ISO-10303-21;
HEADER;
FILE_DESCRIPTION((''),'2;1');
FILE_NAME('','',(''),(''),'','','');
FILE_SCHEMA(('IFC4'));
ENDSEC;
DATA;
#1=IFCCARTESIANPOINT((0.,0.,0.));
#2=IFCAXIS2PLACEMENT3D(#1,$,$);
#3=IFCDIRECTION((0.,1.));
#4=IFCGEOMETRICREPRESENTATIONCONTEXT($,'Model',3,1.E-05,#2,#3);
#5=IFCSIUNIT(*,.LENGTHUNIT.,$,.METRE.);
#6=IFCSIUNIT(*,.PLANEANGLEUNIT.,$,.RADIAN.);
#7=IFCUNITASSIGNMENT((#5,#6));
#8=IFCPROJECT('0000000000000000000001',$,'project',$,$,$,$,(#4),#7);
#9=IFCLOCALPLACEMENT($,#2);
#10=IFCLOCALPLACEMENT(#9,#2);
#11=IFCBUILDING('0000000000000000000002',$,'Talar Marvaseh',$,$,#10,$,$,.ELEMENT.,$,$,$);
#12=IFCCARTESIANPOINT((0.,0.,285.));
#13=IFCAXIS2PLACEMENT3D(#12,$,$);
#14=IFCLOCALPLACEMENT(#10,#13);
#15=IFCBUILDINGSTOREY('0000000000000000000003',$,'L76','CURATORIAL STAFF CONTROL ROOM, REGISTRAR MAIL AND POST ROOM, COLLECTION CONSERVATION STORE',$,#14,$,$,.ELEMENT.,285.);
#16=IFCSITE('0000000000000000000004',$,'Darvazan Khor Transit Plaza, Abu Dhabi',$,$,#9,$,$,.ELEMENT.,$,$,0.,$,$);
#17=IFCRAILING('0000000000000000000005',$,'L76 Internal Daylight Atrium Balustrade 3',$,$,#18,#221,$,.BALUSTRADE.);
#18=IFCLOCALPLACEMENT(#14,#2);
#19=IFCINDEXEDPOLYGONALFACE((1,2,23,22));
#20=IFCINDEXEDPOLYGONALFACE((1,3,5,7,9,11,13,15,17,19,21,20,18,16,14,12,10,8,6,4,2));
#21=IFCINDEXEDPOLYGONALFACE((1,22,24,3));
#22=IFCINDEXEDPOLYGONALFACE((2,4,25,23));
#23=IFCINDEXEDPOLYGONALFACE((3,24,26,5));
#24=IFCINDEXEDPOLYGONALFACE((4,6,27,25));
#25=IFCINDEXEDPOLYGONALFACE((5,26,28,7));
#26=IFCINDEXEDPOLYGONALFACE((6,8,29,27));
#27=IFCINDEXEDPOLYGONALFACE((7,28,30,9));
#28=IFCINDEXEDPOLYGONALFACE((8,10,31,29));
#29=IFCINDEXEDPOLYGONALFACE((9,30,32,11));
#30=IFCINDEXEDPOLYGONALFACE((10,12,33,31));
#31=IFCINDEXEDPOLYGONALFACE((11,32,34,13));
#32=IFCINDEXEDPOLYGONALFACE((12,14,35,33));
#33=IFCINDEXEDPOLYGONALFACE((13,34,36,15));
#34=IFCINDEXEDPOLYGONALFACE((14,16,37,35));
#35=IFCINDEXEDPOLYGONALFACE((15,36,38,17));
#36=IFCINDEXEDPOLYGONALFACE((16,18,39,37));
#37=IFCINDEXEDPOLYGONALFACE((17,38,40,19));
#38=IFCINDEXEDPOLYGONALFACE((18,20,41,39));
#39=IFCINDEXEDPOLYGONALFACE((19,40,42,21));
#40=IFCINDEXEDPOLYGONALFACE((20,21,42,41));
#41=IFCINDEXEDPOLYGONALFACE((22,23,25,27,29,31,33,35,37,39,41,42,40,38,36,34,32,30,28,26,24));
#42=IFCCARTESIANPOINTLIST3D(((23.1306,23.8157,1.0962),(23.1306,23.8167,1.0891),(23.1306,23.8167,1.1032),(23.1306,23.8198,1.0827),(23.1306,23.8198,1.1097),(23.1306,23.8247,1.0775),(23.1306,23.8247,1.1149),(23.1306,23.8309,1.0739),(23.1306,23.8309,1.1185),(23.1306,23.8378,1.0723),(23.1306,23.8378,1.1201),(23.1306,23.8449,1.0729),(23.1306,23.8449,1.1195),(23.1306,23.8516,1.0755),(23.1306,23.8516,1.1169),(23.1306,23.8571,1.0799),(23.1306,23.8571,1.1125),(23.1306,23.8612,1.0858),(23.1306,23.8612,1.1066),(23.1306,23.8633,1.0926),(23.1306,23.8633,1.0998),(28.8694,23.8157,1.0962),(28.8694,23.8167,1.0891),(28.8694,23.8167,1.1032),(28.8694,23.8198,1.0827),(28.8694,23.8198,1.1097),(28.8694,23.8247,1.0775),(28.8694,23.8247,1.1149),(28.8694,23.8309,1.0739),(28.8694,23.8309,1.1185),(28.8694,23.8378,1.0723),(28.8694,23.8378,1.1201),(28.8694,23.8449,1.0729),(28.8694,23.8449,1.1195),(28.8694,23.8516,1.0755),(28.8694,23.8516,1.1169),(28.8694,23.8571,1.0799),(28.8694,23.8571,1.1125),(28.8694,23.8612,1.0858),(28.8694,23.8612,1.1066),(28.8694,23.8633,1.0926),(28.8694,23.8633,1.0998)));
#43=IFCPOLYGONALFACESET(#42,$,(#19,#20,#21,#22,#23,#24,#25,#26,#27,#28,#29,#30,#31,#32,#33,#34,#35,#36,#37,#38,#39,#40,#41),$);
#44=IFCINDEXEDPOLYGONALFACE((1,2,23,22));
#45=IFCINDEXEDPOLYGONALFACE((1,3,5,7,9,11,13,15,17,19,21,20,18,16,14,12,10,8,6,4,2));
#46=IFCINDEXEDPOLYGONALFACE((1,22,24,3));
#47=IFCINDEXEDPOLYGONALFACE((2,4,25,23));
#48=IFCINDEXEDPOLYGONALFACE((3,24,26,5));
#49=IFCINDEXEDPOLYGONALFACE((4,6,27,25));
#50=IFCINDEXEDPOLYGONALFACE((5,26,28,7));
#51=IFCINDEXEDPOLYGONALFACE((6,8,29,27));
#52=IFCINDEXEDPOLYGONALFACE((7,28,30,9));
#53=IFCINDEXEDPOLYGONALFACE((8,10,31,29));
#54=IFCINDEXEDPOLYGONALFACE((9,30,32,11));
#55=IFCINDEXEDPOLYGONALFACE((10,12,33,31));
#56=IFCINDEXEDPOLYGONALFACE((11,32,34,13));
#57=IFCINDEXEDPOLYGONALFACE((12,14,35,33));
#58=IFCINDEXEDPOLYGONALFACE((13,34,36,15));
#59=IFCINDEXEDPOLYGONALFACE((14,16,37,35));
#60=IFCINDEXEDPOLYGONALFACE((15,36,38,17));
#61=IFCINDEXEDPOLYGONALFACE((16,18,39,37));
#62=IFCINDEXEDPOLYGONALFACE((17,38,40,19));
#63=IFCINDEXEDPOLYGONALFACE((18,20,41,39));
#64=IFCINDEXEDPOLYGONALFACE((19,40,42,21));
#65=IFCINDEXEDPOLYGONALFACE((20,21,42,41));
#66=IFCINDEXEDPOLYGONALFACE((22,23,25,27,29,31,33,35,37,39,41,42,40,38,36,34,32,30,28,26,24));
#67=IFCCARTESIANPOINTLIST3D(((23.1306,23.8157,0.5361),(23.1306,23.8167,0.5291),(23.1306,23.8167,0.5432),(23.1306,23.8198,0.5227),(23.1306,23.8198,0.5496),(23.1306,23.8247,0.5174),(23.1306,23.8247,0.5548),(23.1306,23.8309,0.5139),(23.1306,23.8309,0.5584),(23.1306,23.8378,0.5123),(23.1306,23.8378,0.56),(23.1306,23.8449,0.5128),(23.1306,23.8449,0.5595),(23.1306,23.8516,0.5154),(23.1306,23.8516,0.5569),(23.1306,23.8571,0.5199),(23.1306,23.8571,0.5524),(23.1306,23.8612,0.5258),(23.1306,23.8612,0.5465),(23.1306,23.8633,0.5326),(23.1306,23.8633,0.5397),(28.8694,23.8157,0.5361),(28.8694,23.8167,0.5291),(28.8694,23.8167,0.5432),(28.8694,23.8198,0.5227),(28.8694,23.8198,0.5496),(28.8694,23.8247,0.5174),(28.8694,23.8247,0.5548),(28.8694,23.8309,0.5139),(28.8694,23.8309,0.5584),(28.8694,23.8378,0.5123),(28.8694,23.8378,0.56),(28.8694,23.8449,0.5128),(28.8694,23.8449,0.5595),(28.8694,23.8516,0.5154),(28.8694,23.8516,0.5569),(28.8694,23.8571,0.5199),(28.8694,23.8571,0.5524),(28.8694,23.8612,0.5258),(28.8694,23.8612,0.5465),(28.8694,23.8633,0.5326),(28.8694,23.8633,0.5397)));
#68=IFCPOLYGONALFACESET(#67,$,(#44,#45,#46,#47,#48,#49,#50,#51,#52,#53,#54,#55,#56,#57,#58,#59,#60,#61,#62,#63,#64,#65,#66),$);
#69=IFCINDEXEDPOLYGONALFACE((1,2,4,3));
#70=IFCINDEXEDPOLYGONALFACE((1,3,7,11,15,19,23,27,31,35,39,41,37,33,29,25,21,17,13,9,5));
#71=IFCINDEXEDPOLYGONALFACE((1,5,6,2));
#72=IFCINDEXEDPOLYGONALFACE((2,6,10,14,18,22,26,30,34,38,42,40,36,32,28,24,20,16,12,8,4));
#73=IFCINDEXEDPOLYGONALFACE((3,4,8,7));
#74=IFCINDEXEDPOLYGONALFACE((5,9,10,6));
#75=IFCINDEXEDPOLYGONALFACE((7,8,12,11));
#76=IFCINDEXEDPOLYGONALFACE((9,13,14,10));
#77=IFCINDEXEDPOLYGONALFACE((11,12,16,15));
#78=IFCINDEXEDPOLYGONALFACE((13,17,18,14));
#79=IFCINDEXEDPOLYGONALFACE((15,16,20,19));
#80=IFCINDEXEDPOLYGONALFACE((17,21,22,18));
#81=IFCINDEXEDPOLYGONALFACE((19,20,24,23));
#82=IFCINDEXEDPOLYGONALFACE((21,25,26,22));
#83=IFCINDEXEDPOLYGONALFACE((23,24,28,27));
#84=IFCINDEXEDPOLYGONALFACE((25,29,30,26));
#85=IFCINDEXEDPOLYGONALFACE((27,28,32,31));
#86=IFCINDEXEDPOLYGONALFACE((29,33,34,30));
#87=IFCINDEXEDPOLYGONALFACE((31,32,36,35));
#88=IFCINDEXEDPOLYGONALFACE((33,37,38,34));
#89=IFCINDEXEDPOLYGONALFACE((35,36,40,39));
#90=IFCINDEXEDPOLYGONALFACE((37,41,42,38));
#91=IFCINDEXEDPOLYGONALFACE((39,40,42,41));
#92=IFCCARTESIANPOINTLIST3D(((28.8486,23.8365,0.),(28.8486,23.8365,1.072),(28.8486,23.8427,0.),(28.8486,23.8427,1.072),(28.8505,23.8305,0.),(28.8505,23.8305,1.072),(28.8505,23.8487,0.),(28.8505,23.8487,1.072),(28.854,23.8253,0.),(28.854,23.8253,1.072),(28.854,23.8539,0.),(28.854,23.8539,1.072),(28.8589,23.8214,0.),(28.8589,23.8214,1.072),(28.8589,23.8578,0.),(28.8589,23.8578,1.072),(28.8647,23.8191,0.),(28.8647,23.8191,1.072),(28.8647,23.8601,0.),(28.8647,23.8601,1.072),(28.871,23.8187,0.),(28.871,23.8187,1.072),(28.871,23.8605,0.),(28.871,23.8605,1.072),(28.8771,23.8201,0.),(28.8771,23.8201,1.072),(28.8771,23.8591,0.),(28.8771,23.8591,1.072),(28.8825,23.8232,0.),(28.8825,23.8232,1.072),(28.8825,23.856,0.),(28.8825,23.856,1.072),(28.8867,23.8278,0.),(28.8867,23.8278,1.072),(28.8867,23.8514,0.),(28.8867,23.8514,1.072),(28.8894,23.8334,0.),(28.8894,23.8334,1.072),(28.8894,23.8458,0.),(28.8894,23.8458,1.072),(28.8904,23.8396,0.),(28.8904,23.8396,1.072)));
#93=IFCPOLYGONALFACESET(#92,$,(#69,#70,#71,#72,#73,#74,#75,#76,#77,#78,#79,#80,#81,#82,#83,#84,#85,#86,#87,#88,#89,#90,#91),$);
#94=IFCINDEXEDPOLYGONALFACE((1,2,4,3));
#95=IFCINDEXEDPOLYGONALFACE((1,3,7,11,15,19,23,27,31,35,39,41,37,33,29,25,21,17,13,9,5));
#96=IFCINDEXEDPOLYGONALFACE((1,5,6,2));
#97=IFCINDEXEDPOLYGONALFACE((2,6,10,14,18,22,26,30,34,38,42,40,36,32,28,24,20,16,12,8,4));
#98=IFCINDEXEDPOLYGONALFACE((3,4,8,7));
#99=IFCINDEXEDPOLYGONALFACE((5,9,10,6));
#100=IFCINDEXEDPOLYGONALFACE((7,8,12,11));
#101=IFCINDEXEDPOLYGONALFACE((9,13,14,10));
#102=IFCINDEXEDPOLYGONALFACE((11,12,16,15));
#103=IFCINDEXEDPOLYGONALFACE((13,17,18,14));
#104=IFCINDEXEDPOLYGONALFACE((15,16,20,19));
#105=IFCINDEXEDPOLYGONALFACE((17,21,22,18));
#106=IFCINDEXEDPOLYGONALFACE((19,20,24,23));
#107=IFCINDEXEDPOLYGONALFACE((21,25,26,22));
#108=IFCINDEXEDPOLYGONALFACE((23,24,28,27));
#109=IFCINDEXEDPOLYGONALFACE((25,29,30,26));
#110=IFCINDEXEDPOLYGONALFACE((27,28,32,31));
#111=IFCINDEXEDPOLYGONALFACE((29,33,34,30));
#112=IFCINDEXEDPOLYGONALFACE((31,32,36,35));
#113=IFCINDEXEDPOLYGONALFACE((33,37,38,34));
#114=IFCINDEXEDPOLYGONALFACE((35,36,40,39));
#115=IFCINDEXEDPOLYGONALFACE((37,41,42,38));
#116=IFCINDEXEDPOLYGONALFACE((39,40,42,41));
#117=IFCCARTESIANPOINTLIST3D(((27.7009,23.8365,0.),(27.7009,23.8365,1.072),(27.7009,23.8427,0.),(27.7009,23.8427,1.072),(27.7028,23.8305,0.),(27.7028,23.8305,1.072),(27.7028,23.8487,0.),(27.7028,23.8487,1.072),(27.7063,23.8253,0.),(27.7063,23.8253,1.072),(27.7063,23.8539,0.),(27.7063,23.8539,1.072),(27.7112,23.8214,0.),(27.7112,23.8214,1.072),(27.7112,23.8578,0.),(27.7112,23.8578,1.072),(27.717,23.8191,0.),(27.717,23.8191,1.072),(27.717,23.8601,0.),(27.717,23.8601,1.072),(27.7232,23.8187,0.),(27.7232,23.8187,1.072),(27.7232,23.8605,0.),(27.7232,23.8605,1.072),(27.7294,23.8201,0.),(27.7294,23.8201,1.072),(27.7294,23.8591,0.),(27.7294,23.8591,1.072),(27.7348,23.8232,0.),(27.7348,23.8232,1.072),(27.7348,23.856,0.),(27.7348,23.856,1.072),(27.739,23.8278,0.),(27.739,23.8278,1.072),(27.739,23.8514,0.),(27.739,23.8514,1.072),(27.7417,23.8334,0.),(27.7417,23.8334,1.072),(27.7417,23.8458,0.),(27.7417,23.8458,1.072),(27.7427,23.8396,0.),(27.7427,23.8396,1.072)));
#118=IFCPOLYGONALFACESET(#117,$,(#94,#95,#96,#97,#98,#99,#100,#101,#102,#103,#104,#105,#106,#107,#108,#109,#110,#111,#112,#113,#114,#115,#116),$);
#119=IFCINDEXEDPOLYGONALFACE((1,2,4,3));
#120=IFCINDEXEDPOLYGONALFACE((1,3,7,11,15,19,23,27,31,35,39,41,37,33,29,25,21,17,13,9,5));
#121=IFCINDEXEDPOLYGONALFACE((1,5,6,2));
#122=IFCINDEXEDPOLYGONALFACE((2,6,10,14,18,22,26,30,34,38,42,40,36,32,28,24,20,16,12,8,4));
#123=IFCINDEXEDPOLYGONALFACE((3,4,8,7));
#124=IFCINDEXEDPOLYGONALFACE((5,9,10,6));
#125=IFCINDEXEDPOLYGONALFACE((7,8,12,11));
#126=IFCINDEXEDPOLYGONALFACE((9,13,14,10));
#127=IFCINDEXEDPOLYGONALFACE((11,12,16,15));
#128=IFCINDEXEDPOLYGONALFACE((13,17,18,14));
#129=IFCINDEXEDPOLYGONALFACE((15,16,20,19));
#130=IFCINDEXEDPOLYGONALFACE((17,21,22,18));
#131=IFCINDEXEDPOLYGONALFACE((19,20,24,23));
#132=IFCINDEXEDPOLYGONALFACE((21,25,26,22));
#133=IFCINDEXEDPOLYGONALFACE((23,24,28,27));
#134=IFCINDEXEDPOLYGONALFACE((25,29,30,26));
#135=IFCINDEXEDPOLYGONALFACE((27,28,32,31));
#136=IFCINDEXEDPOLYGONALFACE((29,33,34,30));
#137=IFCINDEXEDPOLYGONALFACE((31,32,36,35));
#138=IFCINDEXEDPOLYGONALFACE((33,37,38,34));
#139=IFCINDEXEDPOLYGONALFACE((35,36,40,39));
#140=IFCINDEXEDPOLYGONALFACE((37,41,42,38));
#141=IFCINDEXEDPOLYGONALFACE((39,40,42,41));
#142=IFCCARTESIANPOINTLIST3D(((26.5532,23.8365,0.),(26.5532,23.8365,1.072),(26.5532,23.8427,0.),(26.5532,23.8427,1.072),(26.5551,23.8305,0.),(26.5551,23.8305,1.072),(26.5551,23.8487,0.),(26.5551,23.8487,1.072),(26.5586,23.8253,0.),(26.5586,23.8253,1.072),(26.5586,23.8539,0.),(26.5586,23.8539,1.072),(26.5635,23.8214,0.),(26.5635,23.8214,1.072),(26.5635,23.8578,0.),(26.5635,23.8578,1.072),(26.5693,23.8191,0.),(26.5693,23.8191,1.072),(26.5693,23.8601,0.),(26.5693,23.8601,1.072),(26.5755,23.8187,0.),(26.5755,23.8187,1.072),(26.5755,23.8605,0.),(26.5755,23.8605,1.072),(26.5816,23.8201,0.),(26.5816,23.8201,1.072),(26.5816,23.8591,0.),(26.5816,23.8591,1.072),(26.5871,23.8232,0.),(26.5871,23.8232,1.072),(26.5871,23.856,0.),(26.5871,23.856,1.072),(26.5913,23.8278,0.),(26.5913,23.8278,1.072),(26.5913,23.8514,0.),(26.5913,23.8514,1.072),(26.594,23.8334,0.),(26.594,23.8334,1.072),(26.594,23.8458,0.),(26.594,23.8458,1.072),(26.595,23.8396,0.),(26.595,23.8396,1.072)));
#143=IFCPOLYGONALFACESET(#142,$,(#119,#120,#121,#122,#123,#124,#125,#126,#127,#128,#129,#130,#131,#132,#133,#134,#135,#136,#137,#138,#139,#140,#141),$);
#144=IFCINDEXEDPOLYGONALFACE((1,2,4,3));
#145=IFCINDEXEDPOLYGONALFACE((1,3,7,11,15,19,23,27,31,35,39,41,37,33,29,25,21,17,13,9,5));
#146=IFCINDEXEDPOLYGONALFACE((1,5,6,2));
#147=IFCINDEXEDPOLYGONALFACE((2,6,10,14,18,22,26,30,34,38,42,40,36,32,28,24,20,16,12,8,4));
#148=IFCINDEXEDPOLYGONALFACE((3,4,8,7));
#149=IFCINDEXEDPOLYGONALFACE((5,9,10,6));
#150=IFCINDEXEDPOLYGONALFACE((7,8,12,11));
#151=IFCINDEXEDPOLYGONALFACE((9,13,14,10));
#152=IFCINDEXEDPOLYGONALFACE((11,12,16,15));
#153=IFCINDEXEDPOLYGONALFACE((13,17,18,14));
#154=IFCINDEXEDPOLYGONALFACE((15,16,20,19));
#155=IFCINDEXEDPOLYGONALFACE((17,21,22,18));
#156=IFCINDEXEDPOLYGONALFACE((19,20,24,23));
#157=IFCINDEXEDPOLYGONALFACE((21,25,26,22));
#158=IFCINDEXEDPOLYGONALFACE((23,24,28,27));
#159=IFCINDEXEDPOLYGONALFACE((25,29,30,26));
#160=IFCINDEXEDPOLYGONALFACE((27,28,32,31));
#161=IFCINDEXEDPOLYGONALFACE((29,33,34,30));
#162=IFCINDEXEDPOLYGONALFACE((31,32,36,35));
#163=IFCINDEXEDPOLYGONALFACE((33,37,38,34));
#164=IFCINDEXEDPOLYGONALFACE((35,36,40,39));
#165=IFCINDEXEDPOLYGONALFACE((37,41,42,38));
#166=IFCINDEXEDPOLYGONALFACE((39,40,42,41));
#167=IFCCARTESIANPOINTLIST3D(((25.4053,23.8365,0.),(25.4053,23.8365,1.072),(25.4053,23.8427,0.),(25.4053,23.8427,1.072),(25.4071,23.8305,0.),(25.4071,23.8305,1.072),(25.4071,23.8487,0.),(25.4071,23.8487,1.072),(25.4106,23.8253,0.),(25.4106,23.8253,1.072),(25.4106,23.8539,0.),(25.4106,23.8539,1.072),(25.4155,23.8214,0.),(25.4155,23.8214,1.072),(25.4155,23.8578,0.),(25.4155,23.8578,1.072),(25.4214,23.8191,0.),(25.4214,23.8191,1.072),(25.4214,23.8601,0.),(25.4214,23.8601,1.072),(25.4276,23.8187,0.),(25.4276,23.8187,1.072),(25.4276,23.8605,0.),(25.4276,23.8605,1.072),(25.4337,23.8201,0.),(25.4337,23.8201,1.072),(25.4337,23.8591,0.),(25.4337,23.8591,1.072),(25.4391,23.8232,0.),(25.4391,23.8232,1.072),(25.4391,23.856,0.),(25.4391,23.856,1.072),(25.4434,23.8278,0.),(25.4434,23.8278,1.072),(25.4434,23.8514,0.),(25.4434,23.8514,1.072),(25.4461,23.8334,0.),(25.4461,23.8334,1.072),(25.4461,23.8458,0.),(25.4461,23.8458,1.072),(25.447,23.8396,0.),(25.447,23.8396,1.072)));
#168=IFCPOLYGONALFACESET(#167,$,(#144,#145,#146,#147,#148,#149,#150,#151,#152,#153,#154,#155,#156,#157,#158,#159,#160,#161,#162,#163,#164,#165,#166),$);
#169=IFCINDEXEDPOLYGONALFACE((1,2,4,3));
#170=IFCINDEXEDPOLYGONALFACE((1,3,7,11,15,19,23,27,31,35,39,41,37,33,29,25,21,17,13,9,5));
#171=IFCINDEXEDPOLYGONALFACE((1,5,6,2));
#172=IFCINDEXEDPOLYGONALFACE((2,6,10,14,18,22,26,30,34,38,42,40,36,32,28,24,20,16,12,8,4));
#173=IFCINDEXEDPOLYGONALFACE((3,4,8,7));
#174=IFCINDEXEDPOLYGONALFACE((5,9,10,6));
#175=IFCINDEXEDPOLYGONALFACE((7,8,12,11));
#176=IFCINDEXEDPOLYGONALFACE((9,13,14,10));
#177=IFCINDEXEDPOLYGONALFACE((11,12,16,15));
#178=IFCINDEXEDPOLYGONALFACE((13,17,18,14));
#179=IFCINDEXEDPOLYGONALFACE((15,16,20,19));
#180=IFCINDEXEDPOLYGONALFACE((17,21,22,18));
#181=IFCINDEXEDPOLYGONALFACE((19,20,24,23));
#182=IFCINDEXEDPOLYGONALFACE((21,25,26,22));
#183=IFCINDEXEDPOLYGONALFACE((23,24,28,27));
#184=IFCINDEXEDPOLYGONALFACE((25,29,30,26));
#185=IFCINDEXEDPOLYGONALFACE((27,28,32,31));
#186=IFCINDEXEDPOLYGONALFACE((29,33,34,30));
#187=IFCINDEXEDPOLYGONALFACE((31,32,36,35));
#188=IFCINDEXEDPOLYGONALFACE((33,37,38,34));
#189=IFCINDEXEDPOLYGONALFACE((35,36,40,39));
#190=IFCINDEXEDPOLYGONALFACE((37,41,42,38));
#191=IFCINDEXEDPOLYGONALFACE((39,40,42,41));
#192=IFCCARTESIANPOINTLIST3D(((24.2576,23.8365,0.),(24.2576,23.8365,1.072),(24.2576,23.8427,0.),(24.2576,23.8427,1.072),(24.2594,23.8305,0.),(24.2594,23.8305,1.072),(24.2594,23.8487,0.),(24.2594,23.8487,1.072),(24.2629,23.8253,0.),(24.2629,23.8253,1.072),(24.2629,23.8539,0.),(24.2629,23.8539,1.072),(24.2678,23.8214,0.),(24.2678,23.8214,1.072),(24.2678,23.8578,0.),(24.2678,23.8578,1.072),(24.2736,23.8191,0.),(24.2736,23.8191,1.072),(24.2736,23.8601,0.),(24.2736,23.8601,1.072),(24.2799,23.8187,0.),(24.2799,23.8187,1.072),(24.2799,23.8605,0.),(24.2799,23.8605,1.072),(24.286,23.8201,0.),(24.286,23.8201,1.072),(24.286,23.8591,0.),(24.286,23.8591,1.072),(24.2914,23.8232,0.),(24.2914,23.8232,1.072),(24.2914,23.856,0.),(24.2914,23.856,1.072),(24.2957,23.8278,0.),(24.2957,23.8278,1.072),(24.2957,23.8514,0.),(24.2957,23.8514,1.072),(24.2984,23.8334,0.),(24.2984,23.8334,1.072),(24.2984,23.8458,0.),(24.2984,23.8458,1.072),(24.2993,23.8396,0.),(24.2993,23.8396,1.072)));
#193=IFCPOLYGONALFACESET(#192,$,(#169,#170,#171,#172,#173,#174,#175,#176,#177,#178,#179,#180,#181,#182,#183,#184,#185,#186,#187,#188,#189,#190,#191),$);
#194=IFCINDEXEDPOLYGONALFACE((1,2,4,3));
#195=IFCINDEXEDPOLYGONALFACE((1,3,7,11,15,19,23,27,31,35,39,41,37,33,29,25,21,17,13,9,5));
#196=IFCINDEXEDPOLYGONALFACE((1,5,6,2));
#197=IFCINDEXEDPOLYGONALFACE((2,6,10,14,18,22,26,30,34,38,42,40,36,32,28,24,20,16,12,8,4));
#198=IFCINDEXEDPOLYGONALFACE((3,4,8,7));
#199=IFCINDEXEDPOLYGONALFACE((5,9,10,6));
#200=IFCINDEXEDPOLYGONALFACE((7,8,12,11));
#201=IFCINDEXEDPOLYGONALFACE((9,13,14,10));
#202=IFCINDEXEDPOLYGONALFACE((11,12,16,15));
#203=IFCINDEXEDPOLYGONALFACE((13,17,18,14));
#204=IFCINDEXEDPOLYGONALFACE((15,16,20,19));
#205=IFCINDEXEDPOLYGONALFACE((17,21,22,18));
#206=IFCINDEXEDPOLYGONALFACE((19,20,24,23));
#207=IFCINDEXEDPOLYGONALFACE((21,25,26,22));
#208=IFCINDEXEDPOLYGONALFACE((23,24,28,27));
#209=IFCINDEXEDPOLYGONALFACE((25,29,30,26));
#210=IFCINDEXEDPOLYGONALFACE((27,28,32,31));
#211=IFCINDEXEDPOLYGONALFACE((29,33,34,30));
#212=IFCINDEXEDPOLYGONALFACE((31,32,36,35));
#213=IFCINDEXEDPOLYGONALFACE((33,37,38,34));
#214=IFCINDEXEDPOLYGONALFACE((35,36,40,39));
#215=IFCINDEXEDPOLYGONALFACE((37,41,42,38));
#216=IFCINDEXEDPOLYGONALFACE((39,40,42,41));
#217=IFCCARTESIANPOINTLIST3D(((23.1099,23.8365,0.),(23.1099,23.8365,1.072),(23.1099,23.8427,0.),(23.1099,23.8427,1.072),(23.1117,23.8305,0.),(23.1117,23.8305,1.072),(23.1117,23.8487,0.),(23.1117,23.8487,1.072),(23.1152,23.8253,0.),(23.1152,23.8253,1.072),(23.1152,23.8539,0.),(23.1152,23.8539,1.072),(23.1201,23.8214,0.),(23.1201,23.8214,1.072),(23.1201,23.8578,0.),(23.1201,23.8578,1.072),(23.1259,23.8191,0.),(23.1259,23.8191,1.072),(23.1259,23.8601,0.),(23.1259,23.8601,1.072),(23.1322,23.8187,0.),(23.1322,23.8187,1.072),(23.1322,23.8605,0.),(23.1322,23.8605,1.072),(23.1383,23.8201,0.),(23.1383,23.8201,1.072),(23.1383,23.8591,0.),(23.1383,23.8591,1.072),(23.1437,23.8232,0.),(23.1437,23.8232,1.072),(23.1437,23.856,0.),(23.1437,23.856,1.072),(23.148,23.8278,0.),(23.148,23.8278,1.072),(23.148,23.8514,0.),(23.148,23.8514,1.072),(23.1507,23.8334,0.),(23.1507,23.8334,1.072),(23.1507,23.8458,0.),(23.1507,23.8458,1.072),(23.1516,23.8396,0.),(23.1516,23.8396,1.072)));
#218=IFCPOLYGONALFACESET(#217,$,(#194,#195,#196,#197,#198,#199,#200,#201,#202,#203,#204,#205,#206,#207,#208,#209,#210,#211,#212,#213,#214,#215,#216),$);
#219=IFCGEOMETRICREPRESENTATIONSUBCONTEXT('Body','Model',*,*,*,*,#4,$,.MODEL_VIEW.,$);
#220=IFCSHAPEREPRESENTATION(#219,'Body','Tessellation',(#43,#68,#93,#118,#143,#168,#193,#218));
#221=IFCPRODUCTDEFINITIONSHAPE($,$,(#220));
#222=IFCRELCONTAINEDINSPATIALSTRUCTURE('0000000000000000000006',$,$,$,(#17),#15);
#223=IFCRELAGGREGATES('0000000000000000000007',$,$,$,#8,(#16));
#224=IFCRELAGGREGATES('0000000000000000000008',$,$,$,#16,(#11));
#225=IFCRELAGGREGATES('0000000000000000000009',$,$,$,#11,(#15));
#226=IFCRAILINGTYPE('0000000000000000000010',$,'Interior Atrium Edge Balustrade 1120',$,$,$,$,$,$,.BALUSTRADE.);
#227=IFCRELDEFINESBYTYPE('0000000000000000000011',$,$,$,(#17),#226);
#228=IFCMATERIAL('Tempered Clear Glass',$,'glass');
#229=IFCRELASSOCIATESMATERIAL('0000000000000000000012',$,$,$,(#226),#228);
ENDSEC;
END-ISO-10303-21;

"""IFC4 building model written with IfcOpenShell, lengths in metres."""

from ifc_helpers import new_model, si_unit, direction, frame, origin, origin_2d, place, context, subcontext, project, spatial, circle, extrude, material, type_object, element, save


model = new_model("IFC4")

# Units and contexts
model_context = context("Model", 3, precision=1e-05, world=origin(), true_north=direction((0.0, 1.0)))
body_context = subcontext(model_context, "Body", "Model", "MODEL_VIEW")
ifc_project = project(units=[si_unit("LENGTHUNIT", "METRE"), si_unit("PLANEANGLEUNIT", "RADIAN")], contexts=[model_context])

# Site, building, storey
site_placement = place(None, origin())
site = spatial("IfcSite", under=ifc_project, at=site_placement, Name="Darvazan Khor Transit Plaza, Abu Dhabi", CompositionType="ELEMENT", RefElevation=0.0)
building_placement = place(site_placement, origin())
building = spatial("IfcBuilding", under=site, at=building_placement, Name="Talar Marvaseh", CompositionType="ELEMENT")
storey_placement = place(building_placement, frame((0.0, 0.0, 285.0)))
storey = spatial("IfcBuildingStorey", under=building, at=storey_placement, Name="L76", Description="CURATORIAL STAFF CONTROL ROOM, REGISTRAR MAIL AND POST ROOM, COLLECTION CONSERVATION STORE", CompositionType="ELEMENT", Elevation=285.0)

# Railing
ifc_material_1 = material(Name="Tempered Clear Glass", Category="glass")
railing_type_1 = type_object("IfcRailingType", Name="Interior Atrium Edge Balustrade 1120", PredefinedType="BALUSTRADE", material=ifc_material_1)
railing_1_placement = place(storey_placement, frame((28.8694, 23.8396, 0.0)))
element("IfcRailing", 1, at=railing_1_placement, inside=storey, type_object=railing_type_1, Name="L76 Internal Daylight Atrium Balustrade 3", PredefinedType="BALUSTRADE", context=body_context, shape_type="SweptSolid", body=[
    extrude(circle(Radius=0.0239, at=origin_2d()), frame((0.0, 0.0, 1.0962), z_axis=(-1.0, 0.0, 0.0), x_axis=(0.0, -1.0, 0.0)), (0.0, 0.0, 1.0), 5.7388),
    extrude(circle(Radius=0.0239, at=origin_2d()), frame((0.0, 0.0, 0.5361), z_axis=(-1.0, 0.0, 0.0), x_axis=(0.0, -1.0, 0.0)), (0.0, 0.0, 1.0), 5.7388),
    extrude(circle(Radius=0.021, at=origin_2d()), origin(), (0.0, 0.0, 1.0), 1.072),
    extrude(circle(Radius=0.021, at=origin_2d()), frame((-1.1477, 0.0, 0.0)), (0.0, 0.0, 1.0), 1.072),
    extrude(circle(Radius=0.021, at=origin_2d()), frame((-2.2954, 0.0, 0.0)), (0.0, 0.0, 1.0), 1.072),
    extrude(circle(Radius=0.021, at=origin_2d()), frame((-3.4434, 0.0, 0.0)), (0.0, 0.0, 1.0), 1.072),
    extrude(circle(Radius=0.021, at=origin_2d()), frame((-4.5911, 0.0, 0.0)), (0.0, 0.0, 1.0), 1.072),
    extrude(circle(Radius=0.021, at=origin_2d()), frame((-5.7388, 0.0, 0.0)), (0.0, 0.0, 1.0), 1.072),
])

save(model, "model.ifc")
